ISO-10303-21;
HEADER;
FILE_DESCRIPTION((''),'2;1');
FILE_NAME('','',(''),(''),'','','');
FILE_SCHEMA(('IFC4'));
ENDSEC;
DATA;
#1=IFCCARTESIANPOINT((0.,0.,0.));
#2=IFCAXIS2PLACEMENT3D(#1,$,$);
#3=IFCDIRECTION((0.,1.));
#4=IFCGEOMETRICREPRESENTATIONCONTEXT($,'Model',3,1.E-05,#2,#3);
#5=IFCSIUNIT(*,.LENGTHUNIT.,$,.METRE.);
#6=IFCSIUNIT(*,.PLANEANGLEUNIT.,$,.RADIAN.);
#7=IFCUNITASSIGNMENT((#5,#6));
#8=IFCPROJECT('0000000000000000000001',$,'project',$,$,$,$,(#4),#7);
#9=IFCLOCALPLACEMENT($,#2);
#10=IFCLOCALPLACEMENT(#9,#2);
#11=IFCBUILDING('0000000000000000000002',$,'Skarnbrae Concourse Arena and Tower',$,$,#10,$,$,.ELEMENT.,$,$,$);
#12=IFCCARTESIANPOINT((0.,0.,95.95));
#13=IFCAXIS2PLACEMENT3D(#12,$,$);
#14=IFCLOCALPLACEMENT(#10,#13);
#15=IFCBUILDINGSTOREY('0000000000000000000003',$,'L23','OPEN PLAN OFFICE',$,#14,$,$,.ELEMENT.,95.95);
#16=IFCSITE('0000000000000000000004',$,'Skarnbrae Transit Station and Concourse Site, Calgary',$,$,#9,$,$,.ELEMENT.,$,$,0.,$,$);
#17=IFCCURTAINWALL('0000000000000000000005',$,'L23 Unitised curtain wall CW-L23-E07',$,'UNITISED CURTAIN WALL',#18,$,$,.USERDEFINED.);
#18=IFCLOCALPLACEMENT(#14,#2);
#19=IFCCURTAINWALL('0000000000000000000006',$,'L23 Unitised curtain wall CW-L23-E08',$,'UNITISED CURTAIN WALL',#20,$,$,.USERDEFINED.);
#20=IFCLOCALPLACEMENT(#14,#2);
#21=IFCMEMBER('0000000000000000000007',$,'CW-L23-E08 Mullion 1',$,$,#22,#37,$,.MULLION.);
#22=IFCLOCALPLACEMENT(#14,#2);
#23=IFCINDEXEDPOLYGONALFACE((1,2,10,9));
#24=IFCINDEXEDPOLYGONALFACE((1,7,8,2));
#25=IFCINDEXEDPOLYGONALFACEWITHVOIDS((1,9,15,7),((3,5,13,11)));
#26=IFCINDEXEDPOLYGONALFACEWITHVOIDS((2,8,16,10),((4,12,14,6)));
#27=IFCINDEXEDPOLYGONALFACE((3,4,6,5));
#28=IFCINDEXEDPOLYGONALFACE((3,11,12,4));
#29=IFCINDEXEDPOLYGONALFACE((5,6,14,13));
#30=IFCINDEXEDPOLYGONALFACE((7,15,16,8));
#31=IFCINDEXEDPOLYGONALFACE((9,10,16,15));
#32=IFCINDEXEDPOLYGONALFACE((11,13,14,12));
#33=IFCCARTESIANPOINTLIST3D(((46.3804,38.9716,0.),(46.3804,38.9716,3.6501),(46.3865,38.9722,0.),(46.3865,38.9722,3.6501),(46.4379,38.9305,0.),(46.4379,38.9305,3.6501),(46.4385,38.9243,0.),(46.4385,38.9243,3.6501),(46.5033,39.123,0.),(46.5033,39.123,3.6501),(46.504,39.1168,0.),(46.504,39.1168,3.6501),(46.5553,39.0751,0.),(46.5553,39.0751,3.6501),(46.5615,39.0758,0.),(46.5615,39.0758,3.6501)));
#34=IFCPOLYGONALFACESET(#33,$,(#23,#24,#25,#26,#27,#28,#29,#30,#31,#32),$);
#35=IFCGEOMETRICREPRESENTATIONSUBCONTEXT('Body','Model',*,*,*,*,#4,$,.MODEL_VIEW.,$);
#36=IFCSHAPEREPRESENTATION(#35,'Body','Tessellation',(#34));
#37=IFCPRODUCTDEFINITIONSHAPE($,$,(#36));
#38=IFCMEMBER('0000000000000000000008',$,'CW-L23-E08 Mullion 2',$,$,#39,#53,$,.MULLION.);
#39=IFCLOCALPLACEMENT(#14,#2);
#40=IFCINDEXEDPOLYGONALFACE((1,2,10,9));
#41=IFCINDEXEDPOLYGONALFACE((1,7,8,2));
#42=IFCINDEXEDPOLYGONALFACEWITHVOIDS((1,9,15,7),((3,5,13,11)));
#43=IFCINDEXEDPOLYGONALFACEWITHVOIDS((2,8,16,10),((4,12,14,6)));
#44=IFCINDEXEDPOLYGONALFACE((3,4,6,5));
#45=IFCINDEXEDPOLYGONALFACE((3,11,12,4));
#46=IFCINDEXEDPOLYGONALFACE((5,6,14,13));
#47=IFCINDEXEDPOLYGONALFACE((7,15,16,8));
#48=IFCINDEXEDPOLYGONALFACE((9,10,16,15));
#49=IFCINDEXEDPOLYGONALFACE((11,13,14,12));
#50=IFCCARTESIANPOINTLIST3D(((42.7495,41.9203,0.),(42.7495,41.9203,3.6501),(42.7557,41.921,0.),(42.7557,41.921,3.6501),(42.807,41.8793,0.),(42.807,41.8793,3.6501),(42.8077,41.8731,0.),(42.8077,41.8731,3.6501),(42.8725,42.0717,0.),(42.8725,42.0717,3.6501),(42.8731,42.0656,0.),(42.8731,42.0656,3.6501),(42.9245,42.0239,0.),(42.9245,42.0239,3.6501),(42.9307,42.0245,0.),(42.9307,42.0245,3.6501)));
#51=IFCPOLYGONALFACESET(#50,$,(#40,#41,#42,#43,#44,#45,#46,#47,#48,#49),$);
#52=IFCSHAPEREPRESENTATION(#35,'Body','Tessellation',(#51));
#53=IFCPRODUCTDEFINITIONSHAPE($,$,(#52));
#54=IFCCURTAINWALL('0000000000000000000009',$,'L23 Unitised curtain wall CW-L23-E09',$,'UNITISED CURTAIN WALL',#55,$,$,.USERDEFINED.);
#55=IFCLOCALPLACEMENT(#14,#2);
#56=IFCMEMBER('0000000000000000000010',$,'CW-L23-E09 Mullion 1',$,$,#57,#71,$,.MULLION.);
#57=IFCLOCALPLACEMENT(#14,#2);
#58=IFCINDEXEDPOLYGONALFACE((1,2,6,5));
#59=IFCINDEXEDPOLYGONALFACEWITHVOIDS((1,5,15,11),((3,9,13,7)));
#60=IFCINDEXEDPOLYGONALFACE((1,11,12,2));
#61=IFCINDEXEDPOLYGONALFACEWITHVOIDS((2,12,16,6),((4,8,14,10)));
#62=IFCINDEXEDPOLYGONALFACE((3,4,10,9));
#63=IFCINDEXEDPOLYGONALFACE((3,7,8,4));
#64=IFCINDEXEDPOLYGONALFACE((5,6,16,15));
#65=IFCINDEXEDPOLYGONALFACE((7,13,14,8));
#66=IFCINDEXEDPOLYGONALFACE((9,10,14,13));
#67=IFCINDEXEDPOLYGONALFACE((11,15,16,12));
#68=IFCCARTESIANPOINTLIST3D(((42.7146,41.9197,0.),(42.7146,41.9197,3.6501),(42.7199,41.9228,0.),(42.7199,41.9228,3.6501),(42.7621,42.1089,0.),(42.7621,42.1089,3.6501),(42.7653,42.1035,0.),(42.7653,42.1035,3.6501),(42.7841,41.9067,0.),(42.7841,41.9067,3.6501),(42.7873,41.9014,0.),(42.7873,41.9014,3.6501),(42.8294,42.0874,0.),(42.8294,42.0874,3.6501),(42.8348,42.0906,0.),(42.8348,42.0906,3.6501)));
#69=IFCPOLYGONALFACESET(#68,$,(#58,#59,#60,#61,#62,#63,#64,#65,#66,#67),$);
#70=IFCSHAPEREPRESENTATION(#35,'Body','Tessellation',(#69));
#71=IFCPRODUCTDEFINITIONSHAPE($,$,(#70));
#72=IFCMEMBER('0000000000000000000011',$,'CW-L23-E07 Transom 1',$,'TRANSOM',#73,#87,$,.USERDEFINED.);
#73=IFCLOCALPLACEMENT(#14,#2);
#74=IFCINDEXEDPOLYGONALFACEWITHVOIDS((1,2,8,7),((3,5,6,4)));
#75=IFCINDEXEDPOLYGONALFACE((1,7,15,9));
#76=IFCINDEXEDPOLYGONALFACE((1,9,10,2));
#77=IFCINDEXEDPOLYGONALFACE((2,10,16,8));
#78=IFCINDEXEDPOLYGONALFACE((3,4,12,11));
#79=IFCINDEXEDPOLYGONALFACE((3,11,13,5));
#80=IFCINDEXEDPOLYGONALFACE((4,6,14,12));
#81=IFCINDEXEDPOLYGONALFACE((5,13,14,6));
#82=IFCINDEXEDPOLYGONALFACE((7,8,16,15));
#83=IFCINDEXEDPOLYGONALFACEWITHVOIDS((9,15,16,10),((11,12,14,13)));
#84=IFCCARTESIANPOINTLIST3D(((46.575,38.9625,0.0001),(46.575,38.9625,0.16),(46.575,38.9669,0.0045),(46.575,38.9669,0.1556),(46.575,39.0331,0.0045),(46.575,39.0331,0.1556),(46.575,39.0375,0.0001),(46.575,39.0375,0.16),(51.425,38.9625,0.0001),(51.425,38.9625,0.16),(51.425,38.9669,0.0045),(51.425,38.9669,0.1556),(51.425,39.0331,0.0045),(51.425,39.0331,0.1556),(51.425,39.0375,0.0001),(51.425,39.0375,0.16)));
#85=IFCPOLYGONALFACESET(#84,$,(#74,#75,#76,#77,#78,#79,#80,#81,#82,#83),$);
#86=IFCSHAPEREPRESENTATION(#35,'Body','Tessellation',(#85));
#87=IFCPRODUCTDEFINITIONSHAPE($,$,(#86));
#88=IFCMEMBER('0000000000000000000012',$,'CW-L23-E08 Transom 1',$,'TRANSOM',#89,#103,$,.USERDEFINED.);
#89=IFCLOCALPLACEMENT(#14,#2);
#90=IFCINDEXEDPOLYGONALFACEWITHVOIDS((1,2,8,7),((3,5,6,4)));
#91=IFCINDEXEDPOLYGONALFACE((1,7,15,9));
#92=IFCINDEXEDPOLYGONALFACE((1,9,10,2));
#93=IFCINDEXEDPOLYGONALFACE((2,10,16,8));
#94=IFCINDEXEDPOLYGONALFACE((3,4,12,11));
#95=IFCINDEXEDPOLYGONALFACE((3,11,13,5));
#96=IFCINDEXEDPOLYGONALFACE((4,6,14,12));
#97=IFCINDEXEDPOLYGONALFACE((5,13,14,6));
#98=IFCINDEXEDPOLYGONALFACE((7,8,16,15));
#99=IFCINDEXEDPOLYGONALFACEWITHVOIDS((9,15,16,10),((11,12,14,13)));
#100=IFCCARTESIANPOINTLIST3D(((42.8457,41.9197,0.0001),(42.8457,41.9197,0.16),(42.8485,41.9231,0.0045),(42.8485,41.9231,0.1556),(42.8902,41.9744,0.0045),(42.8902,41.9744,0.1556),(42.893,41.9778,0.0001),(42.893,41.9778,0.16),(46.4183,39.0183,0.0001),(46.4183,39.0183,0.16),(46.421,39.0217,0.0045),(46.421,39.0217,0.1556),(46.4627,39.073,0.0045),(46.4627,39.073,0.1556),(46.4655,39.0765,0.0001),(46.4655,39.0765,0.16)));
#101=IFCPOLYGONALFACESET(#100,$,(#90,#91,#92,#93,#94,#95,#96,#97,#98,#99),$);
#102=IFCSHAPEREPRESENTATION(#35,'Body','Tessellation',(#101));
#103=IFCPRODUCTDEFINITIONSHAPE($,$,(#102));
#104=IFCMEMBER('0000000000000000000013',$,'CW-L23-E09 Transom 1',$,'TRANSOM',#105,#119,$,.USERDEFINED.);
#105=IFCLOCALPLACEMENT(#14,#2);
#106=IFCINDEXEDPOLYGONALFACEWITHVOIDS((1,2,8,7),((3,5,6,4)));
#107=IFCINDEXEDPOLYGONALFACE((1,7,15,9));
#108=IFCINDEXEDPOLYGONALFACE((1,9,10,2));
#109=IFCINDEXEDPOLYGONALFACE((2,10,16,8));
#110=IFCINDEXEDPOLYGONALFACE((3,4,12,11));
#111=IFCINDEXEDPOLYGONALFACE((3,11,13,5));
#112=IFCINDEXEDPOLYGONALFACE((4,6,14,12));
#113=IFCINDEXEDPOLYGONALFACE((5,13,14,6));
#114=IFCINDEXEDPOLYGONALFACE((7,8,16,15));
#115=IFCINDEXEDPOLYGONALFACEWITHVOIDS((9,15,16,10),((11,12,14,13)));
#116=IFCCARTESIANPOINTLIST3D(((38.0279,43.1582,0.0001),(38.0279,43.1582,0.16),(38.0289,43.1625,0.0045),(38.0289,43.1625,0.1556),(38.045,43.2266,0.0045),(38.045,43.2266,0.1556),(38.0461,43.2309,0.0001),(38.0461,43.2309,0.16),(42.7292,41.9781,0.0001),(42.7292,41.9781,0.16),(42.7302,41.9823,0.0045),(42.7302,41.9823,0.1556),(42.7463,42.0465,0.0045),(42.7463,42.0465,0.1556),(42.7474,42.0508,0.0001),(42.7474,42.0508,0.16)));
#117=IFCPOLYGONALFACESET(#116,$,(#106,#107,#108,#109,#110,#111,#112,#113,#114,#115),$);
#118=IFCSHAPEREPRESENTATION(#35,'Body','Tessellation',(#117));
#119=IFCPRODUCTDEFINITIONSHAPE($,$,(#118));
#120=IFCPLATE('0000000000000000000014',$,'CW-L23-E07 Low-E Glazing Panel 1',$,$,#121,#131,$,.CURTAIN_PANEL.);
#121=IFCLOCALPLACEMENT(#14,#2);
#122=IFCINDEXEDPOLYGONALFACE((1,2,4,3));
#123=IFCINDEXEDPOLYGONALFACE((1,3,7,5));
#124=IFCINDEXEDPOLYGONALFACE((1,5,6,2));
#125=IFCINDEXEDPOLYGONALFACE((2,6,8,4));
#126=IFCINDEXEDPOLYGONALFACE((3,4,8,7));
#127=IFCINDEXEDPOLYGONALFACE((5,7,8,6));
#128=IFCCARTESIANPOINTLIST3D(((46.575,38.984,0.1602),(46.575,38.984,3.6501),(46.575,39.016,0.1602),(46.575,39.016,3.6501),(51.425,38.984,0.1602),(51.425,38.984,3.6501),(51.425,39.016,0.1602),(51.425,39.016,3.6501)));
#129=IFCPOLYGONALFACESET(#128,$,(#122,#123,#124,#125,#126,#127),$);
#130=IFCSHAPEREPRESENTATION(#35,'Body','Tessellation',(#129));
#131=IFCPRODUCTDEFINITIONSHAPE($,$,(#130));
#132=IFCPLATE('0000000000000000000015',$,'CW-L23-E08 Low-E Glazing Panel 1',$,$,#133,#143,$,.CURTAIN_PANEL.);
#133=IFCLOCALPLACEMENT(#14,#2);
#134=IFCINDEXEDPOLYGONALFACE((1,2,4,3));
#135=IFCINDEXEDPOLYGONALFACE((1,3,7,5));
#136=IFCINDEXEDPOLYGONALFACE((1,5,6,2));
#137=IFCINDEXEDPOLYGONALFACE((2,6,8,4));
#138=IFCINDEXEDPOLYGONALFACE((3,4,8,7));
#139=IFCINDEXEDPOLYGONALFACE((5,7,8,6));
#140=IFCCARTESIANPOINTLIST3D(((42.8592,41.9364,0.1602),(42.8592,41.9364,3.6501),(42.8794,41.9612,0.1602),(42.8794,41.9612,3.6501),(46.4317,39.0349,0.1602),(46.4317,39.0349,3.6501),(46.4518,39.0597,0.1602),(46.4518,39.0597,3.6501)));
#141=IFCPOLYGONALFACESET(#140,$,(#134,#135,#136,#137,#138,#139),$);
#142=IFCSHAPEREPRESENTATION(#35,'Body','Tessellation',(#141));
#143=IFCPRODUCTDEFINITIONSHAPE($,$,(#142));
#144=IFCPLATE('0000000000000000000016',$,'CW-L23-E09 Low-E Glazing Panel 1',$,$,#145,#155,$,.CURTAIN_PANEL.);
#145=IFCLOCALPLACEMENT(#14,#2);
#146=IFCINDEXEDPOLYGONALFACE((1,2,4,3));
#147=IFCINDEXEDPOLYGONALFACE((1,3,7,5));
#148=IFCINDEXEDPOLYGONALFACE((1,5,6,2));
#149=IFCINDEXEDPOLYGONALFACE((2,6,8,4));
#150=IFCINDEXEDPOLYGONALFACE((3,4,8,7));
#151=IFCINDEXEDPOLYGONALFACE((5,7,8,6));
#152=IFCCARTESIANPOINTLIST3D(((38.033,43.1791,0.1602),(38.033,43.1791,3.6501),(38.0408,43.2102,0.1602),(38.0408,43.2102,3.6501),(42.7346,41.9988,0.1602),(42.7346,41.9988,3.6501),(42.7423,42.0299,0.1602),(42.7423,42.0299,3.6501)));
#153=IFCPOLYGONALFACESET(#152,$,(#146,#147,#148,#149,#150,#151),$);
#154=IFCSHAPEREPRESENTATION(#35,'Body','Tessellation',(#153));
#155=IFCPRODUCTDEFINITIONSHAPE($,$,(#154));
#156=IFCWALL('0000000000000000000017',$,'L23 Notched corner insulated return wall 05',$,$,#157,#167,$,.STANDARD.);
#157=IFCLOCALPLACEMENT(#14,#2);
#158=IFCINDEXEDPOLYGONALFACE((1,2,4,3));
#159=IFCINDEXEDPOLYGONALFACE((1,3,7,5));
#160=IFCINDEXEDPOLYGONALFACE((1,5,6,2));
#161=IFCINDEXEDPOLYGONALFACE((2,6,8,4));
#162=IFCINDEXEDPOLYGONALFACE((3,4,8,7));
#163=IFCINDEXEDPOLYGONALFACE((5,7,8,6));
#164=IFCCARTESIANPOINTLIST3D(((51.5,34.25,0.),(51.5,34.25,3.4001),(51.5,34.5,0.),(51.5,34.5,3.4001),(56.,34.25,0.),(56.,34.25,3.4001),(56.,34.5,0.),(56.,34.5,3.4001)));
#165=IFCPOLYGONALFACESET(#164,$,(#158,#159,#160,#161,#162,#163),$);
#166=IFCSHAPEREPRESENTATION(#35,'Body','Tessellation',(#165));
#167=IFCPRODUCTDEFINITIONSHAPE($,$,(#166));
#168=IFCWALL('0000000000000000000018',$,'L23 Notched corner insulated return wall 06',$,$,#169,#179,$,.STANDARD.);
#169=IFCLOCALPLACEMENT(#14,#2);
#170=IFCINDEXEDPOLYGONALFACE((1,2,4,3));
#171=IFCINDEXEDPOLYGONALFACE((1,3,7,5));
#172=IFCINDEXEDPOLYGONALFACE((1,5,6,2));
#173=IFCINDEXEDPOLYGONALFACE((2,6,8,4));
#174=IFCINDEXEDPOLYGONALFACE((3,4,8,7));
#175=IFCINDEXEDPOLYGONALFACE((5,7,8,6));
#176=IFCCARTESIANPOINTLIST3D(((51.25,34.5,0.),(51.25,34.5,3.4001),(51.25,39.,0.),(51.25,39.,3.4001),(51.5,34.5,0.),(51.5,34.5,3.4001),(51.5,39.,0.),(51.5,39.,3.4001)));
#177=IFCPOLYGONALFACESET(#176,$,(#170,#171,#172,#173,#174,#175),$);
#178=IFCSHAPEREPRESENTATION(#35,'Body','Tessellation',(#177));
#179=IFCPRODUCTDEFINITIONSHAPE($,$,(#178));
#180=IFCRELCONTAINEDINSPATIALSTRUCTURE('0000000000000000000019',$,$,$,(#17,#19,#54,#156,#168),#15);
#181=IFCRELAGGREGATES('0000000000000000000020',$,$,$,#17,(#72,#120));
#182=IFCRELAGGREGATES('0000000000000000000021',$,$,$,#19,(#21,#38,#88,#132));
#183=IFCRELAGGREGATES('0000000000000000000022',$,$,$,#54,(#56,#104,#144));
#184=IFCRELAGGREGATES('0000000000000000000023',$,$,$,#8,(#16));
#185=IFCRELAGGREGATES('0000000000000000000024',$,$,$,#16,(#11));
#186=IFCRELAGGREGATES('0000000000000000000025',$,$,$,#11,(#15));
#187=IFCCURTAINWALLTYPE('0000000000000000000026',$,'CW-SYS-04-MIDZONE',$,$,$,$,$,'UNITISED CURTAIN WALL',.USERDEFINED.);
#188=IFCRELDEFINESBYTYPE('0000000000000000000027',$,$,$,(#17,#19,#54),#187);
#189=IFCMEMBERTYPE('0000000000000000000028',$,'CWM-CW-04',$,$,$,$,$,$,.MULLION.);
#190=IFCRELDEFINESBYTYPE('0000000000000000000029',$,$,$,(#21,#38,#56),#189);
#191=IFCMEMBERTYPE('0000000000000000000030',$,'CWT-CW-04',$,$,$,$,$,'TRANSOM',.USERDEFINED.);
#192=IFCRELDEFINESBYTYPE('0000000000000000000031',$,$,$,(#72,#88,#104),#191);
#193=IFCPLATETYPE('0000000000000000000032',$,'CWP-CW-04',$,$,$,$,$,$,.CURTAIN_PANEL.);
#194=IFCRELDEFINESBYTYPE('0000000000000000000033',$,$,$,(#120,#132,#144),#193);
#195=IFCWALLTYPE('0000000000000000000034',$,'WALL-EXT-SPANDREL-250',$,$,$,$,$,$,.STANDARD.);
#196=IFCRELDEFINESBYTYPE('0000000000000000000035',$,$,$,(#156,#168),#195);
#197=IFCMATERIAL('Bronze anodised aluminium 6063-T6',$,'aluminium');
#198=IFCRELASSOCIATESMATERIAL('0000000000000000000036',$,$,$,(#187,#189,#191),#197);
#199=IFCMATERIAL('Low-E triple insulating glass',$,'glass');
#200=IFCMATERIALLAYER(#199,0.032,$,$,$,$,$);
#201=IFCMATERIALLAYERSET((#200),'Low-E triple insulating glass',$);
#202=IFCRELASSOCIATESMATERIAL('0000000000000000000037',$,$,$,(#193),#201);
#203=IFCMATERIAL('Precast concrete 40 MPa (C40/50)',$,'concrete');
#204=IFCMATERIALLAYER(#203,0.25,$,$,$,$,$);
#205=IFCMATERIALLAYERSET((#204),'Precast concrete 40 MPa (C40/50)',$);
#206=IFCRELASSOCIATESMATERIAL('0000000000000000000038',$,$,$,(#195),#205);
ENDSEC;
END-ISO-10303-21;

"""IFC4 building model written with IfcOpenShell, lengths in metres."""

from ifc_helpers import new_model, si_unit, direction, frame, frame_2d, origin, origin_2d, place, context, subcontext, project, spatial, rectangle, hollow_rectangle, extrude, source, transform, mapped, material, layer, layer_set, material_profile, profile_set, type_object, element, aggregate, save


model = new_model("IFC4")

# Units and contexts
model_context = context("Model", 3, precision=1e-05, world=origin(), true_north=direction((0.0, 1.0)))
body_context = subcontext(model_context, "Body", "Model", "MODEL_VIEW")
ifc_project = project(units=[si_unit("LENGTHUNIT", "METRE"), si_unit("PLANEANGLEUNIT", "RADIAN")], contexts=[model_context])

# Site, building, storey
site_placement = place(None, origin())
site = spatial("IfcSite", under=ifc_project, at=site_placement, Name="Skarnbrae Transit Station and Concourse Site, Calgary", CompositionType="ELEMENT", RefElevation=0.0)
building_placement = place(site_placement, origin())
building = spatial("IfcBuilding", under=site, at=building_placement, Name="Skarnbrae Concourse Arena and Tower", CompositionType="ELEMENT")
storey_placement = place(building_placement, frame((0.0, 0.0, 95.95)))
storey = spatial("IfcBuildingStorey", under=building, at=storey_placement, Name="L23", Description="OPEN PLAN OFFICE", CompositionType="ELEMENT", Elevation=95.95)

# Shared definitions
ifc_material_1 = material(Name="Bronze anodised aluminium 6063-T6", Category="aluminium")
curtain_wall_type = type_object("IfcCurtainWallType", Name="CW-SYS-04-MIDZONE", ElementType="UNITISED CURTAIN WALL", PredefinedType="USERDEFINED", material=ifc_material_1)
ifc_material_profile_1 = material_profile(ifc_material_1, hollow_rectangle(XDim=0.075, YDim=0.1951, WallThickness=0.0044, at=origin_2d()), Name="ALU-MULL-75X195")
ifc_profile_set_1 = profile_set([ifc_material_profile_1], Name="Bronze anodised aluminium 6063-T6")
member_type_1 = type_object("IfcMemberType", Name="CWM-CW-04", PredefinedType="MULLION", material=ifc_profile_set_1)
shared_shape_1 = source(origin(), body_context, "Body", "SweptSolid", [
    extrude(hollow_rectangle(XDim=0.075, YDim=0.1951, WallThickness=0.0044, at=origin_2d()), origin(), (0.0, 0.0, 1.0), 3.6501),
])

# Curtain walls, members
curtain_wall_1_placement = place(storey_placement, origin())
curtain_wall_1 = element("IfcCurtainWall", 1, at=curtain_wall_1_placement, inside=storey, type_object=curtain_wall_type, Name="L23 Unitised curtain wall CW-L23-E07", ObjectType="UNITISED CURTAIN WALL", PredefinedType="USERDEFINED")
curtain_wall_2_placement = place(storey_placement, origin())
curtain_wall_2 = element("IfcCurtainWall", 2, at=curtain_wall_2_placement, inside=storey, type_object=curtain_wall_type, Name="L23 Unitised curtain wall CW-L23-E08", ObjectType="UNITISED CURTAIN WALL", PredefinedType="USERDEFINED")
member_1_placement = place(storey_placement, frame((46.4709, 39.0237, 0.0), z_axis=(0.0, 0.0, 1.0), x_axis=(-0.776241, 0.630436, 0.0)))
member_1 = element("IfcMember", 3, at=member_1_placement, type_object=member_type_1, Name="CW-L23-E08 Mullion 1", PredefinedType="MULLION", context=body_context, shape_type="MappedRepresentation", body=[
    mapped(shared_shape_1, transform((0.0, 0.0, 0.0))),
])
member_2_placement = place(storey_placement, frame((42.8401, 41.9724, 0.0), z_axis=(0.0, 0.0, 1.0), x_axis=(-0.776241, 0.630436, 0.0)))
member_2 = element("IfcMember", 4, at=member_2_placement, type_object=member_type_1, Name="CW-L23-E08 Mullion 2", PredefinedType="MULLION", context=body_context, shape_type="MappedRepresentation", body=[
    mapped(shared_shape_1, transform((0.0, 0.0, 0.0))),
])

# Curtain wall, member
curtain_wall_3_placement = place(storey_placement, origin())
curtain_wall_3 = element("IfcCurtainWall", 5, at=curtain_wall_3_placement, inside=storey, type_object=curtain_wall_type, Name="L23 Unitised curtain wall CW-L23-E09", ObjectType="UNITISED CURTAIN WALL", PredefinedType="USERDEFINED")
member_3_placement = place(storey_placement, frame((42.7747, 42.0051, 0.0), z_axis=(0.0, 0.0, 1.0), x_axis=(-0.969903, 0.243491, 0.0)))
member_3 = element("IfcMember", 6, at=member_3_placement, type_object=member_type_1, Name="CW-L23-E09 Mullion 1", PredefinedType="MULLION", context=body_context, shape_type="MappedRepresentation", body=[
    mapped(shared_shape_1, transform((0.0, 0.0, 0.0))),
])

# Members
ifc_material_profile_2 = material_profile(ifc_material_1, hollow_rectangle(XDim=0.075, YDim=0.1599, WallThickness=0.0044, at=origin_2d()), Name="ALU-TRAN-75X160")
ifc_profile_set_2 = profile_set([ifc_material_profile_2], Name="Bronze anodised aluminium 6063-T6")
member_type_2 = type_object("IfcMemberType", Name="CWT-CW-04", ElementType="TRANSOM", PredefinedType="USERDEFINED", material=ifc_profile_set_2)
shared_shape_2 = source(origin(), body_context, "Body", "SweptSolid", [
    extrude(hollow_rectangle(XDim=0.075, YDim=0.1599, WallThickness=0.0044, at=origin_2d()), origin(), (0.0, 0.0, 1.0), 4.8501),
])
member_4_placement = place(storey_placement, frame((51.425, 39.0, 0.0801), z_axis=(-1.0, 0.0, 0.0), x_axis=(0.0, -1.0, 0.0)))
member_4 = element("IfcMember", 7, at=member_4_placement, type_object=member_type_2, Name="CW-L23-E07 Transom 1", ObjectType="TRANSOM", PredefinedType="USERDEFINED", context=body_context, shape_type="MappedRepresentation", body=[
    mapped(shared_shape_2, transform((0.0, 0.0, 0.0))),
])
shared_shape_3 = source(origin(), body_context, "Body", "SweptSolid", [
    extrude(hollow_rectangle(XDim=0.075, YDim=0.1599, WallThickness=0.0044, at=origin_2d()), origin(), (0.0, 0.0, 1.0), 4.6023),
])
member_5_placement = place(storey_placement, frame((46.4419, 39.0474, 0.0801), z_axis=(-0.776252, 0.630423, 0.0), x_axis=(-0.630423, -0.776252, 0.0)))
member_5 = element("IfcMember", 8, at=member_5_placement, type_object=member_type_2, Name="CW-L23-E08 Transom 1", ObjectType="TRANSOM", PredefinedType="USERDEFINED", context=body_context, shape_type="MappedRepresentation", body=[
    mapped(shared_shape_3, transform((0.0, 0.0, 0.0))),
])
shared_shape_4 = source(origin(), body_context, "Body", "SweptSolid", [
    extrude(hollow_rectangle(XDim=0.075, YDim=0.1599, WallThickness=0.0044, at=origin_2d()), origin(), (0.0, 0.0, 1.0), 4.8472),
])
member_6_placement = place(storey_placement, frame((42.7383, 42.0144, 0.0801), z_axis=(-0.969908, 0.243472, 0.0), x_axis=(-0.243472, -0.969908, 0.0)))
member_6 = element("IfcMember", 9, at=member_6_placement, type_object=member_type_2, Name="CW-L23-E09 Transom 1", ObjectType="TRANSOM", PredefinedType="USERDEFINED", context=body_context, shape_type="MappedRepresentation", body=[
    mapped(shared_shape_4, transform((0.0, 0.0, 0.0))),
])

# Plates
ifc_material_2 = material(Name="Low-E triple insulating glass", Category="glass")
ifc_layer_1 = layer(ifc_material_2, 0.032)
ifc_layer_set_1 = layer_set([ifc_layer_1], Name="Low-E triple insulating glass")
plate_type = type_object("IfcPlateType", Name="CWP-CW-04", PredefinedType="CURTAIN_PANEL", material=ifc_layer_set_1)
shared_shape_5 = source(origin(), body_context, "Body", "SweptSolid", [
    extrude(rectangle(XDim=4.8501, YDim=0.032, at=origin_2d()), origin(), (0.0, 0.0, 1.0), 3.49),
])
plate_1_placement = place(storey_placement, frame((49.0, 39.0, 0.1602), z_axis=(0.0, 0.0, 1.0), x_axis=(-1.0, 0.0, 0.0)))
plate_1 = element("IfcPlate", 10, at=plate_1_placement, type_object=plate_type, Name="CW-L23-E07 Low-E Glazing Panel 1", PredefinedType="CURTAIN_PANEL", context=body_context, shape_type="MappedRepresentation", body=[
    mapped(shared_shape_5, transform((0.0, 0.0, 0.0))),
])
aggregate(curtain_wall_1, [member_4, plate_1])
shared_shape_6 = source(origin(), body_context, "Body", "SweptSolid", [
    extrude(rectangle(XDim=4.6023, YDim=0.032, at=origin_2d()), origin(), (0.0, 0.0, 1.0), 3.49),
])
plate_2_placement = place(storey_placement, frame((44.6555, 40.498, 0.1602), z_axis=(0.0, 0.0, 1.0), x_axis=(-0.776241, 0.630436, 0.0)))
plate_2 = element("IfcPlate", 11, at=plate_2_placement, type_object=plate_type, Name="CW-L23-E08 Low-E Glazing Panel 1", PredefinedType="CURTAIN_PANEL", context=body_context, shape_type="MappedRepresentation", body=[
    mapped(shared_shape_6, transform((0.0, 0.0, 0.0))),
])
aggregate(curtain_wall_2, [member_1, member_2, member_5, plate_2])
shared_shape_7 = source(origin(), body_context, "Body", "SweptSolid", [
    extrude(rectangle(XDim=4.8474, YDim=0.032, at=origin_2d()), origin(), (0.0, 0.0, 1.0), 3.49),
])
plate_3_placement = place(storey_placement, frame((40.3877, 42.6045, 0.1602), z_axis=(0.0, 0.0, 1.0), x_axis=(-0.969903, 0.243491, 0.0)))
plate_3 = element("IfcPlate", 12, at=plate_3_placement, type_object=plate_type, Name="CW-L23-E09 Low-E Glazing Panel 1", PredefinedType="CURTAIN_PANEL", context=body_context, shape_type="MappedRepresentation", body=[
    mapped(shared_shape_7, transform((0.0, 0.0, 0.0))),
])
aggregate(curtain_wall_3, [member_3, member_6, plate_3])

# Walls
ifc_material_3 = material(Name="Precast concrete 40 MPa (C40/50)", Category="concrete")
ifc_layer_2 = layer(ifc_material_3, 0.25)
ifc_layer_set_2 = layer_set([ifc_layer_2], Name="Precast concrete 40 MPa (C40/50)")
wall_type_1 = type_object("IfcWallType", Name="WALL-EXT-SPANDREL-250", PredefinedType="STANDARD", material=ifc_layer_set_2)
shared_shape_8 = source(origin(), body_context, "Body", "SweptSolid", [
    extrude(rectangle(XDim=4.5, YDim=0.25, at=frame_2d((2.25, 0.0))), origin(), (0.0, 0.0, 1.0), 3.4001),
])
for number, where, z_axis, x_axis, name in (
    (13, (56.0, 34.375, 0.0), (0.0, 0.0, 1.0), (-1.0, 0.0, 0.0), "L23 Notched corner insulated return wall 05"),
    (14, (51.375, 34.5, 0.0), (0.0, 0.0, 1.0), (0.0, 1.0, 0.0), "L23 Notched corner insulated return wall 06"),
):
    element("IfcWall", number, at=place(storey_placement, frame(where, z_axis=z_axis, x_axis=x_axis)), inside=storey, type_object=wall_type_1, Name=name, PredefinedType="STANDARD", context=body_context, shape_type="MappedRepresentation", body=[
        mapped(shared_shape_8, transform((0.0, 0.0, 0.0))),
    ])

save(model, "model.ifc")
